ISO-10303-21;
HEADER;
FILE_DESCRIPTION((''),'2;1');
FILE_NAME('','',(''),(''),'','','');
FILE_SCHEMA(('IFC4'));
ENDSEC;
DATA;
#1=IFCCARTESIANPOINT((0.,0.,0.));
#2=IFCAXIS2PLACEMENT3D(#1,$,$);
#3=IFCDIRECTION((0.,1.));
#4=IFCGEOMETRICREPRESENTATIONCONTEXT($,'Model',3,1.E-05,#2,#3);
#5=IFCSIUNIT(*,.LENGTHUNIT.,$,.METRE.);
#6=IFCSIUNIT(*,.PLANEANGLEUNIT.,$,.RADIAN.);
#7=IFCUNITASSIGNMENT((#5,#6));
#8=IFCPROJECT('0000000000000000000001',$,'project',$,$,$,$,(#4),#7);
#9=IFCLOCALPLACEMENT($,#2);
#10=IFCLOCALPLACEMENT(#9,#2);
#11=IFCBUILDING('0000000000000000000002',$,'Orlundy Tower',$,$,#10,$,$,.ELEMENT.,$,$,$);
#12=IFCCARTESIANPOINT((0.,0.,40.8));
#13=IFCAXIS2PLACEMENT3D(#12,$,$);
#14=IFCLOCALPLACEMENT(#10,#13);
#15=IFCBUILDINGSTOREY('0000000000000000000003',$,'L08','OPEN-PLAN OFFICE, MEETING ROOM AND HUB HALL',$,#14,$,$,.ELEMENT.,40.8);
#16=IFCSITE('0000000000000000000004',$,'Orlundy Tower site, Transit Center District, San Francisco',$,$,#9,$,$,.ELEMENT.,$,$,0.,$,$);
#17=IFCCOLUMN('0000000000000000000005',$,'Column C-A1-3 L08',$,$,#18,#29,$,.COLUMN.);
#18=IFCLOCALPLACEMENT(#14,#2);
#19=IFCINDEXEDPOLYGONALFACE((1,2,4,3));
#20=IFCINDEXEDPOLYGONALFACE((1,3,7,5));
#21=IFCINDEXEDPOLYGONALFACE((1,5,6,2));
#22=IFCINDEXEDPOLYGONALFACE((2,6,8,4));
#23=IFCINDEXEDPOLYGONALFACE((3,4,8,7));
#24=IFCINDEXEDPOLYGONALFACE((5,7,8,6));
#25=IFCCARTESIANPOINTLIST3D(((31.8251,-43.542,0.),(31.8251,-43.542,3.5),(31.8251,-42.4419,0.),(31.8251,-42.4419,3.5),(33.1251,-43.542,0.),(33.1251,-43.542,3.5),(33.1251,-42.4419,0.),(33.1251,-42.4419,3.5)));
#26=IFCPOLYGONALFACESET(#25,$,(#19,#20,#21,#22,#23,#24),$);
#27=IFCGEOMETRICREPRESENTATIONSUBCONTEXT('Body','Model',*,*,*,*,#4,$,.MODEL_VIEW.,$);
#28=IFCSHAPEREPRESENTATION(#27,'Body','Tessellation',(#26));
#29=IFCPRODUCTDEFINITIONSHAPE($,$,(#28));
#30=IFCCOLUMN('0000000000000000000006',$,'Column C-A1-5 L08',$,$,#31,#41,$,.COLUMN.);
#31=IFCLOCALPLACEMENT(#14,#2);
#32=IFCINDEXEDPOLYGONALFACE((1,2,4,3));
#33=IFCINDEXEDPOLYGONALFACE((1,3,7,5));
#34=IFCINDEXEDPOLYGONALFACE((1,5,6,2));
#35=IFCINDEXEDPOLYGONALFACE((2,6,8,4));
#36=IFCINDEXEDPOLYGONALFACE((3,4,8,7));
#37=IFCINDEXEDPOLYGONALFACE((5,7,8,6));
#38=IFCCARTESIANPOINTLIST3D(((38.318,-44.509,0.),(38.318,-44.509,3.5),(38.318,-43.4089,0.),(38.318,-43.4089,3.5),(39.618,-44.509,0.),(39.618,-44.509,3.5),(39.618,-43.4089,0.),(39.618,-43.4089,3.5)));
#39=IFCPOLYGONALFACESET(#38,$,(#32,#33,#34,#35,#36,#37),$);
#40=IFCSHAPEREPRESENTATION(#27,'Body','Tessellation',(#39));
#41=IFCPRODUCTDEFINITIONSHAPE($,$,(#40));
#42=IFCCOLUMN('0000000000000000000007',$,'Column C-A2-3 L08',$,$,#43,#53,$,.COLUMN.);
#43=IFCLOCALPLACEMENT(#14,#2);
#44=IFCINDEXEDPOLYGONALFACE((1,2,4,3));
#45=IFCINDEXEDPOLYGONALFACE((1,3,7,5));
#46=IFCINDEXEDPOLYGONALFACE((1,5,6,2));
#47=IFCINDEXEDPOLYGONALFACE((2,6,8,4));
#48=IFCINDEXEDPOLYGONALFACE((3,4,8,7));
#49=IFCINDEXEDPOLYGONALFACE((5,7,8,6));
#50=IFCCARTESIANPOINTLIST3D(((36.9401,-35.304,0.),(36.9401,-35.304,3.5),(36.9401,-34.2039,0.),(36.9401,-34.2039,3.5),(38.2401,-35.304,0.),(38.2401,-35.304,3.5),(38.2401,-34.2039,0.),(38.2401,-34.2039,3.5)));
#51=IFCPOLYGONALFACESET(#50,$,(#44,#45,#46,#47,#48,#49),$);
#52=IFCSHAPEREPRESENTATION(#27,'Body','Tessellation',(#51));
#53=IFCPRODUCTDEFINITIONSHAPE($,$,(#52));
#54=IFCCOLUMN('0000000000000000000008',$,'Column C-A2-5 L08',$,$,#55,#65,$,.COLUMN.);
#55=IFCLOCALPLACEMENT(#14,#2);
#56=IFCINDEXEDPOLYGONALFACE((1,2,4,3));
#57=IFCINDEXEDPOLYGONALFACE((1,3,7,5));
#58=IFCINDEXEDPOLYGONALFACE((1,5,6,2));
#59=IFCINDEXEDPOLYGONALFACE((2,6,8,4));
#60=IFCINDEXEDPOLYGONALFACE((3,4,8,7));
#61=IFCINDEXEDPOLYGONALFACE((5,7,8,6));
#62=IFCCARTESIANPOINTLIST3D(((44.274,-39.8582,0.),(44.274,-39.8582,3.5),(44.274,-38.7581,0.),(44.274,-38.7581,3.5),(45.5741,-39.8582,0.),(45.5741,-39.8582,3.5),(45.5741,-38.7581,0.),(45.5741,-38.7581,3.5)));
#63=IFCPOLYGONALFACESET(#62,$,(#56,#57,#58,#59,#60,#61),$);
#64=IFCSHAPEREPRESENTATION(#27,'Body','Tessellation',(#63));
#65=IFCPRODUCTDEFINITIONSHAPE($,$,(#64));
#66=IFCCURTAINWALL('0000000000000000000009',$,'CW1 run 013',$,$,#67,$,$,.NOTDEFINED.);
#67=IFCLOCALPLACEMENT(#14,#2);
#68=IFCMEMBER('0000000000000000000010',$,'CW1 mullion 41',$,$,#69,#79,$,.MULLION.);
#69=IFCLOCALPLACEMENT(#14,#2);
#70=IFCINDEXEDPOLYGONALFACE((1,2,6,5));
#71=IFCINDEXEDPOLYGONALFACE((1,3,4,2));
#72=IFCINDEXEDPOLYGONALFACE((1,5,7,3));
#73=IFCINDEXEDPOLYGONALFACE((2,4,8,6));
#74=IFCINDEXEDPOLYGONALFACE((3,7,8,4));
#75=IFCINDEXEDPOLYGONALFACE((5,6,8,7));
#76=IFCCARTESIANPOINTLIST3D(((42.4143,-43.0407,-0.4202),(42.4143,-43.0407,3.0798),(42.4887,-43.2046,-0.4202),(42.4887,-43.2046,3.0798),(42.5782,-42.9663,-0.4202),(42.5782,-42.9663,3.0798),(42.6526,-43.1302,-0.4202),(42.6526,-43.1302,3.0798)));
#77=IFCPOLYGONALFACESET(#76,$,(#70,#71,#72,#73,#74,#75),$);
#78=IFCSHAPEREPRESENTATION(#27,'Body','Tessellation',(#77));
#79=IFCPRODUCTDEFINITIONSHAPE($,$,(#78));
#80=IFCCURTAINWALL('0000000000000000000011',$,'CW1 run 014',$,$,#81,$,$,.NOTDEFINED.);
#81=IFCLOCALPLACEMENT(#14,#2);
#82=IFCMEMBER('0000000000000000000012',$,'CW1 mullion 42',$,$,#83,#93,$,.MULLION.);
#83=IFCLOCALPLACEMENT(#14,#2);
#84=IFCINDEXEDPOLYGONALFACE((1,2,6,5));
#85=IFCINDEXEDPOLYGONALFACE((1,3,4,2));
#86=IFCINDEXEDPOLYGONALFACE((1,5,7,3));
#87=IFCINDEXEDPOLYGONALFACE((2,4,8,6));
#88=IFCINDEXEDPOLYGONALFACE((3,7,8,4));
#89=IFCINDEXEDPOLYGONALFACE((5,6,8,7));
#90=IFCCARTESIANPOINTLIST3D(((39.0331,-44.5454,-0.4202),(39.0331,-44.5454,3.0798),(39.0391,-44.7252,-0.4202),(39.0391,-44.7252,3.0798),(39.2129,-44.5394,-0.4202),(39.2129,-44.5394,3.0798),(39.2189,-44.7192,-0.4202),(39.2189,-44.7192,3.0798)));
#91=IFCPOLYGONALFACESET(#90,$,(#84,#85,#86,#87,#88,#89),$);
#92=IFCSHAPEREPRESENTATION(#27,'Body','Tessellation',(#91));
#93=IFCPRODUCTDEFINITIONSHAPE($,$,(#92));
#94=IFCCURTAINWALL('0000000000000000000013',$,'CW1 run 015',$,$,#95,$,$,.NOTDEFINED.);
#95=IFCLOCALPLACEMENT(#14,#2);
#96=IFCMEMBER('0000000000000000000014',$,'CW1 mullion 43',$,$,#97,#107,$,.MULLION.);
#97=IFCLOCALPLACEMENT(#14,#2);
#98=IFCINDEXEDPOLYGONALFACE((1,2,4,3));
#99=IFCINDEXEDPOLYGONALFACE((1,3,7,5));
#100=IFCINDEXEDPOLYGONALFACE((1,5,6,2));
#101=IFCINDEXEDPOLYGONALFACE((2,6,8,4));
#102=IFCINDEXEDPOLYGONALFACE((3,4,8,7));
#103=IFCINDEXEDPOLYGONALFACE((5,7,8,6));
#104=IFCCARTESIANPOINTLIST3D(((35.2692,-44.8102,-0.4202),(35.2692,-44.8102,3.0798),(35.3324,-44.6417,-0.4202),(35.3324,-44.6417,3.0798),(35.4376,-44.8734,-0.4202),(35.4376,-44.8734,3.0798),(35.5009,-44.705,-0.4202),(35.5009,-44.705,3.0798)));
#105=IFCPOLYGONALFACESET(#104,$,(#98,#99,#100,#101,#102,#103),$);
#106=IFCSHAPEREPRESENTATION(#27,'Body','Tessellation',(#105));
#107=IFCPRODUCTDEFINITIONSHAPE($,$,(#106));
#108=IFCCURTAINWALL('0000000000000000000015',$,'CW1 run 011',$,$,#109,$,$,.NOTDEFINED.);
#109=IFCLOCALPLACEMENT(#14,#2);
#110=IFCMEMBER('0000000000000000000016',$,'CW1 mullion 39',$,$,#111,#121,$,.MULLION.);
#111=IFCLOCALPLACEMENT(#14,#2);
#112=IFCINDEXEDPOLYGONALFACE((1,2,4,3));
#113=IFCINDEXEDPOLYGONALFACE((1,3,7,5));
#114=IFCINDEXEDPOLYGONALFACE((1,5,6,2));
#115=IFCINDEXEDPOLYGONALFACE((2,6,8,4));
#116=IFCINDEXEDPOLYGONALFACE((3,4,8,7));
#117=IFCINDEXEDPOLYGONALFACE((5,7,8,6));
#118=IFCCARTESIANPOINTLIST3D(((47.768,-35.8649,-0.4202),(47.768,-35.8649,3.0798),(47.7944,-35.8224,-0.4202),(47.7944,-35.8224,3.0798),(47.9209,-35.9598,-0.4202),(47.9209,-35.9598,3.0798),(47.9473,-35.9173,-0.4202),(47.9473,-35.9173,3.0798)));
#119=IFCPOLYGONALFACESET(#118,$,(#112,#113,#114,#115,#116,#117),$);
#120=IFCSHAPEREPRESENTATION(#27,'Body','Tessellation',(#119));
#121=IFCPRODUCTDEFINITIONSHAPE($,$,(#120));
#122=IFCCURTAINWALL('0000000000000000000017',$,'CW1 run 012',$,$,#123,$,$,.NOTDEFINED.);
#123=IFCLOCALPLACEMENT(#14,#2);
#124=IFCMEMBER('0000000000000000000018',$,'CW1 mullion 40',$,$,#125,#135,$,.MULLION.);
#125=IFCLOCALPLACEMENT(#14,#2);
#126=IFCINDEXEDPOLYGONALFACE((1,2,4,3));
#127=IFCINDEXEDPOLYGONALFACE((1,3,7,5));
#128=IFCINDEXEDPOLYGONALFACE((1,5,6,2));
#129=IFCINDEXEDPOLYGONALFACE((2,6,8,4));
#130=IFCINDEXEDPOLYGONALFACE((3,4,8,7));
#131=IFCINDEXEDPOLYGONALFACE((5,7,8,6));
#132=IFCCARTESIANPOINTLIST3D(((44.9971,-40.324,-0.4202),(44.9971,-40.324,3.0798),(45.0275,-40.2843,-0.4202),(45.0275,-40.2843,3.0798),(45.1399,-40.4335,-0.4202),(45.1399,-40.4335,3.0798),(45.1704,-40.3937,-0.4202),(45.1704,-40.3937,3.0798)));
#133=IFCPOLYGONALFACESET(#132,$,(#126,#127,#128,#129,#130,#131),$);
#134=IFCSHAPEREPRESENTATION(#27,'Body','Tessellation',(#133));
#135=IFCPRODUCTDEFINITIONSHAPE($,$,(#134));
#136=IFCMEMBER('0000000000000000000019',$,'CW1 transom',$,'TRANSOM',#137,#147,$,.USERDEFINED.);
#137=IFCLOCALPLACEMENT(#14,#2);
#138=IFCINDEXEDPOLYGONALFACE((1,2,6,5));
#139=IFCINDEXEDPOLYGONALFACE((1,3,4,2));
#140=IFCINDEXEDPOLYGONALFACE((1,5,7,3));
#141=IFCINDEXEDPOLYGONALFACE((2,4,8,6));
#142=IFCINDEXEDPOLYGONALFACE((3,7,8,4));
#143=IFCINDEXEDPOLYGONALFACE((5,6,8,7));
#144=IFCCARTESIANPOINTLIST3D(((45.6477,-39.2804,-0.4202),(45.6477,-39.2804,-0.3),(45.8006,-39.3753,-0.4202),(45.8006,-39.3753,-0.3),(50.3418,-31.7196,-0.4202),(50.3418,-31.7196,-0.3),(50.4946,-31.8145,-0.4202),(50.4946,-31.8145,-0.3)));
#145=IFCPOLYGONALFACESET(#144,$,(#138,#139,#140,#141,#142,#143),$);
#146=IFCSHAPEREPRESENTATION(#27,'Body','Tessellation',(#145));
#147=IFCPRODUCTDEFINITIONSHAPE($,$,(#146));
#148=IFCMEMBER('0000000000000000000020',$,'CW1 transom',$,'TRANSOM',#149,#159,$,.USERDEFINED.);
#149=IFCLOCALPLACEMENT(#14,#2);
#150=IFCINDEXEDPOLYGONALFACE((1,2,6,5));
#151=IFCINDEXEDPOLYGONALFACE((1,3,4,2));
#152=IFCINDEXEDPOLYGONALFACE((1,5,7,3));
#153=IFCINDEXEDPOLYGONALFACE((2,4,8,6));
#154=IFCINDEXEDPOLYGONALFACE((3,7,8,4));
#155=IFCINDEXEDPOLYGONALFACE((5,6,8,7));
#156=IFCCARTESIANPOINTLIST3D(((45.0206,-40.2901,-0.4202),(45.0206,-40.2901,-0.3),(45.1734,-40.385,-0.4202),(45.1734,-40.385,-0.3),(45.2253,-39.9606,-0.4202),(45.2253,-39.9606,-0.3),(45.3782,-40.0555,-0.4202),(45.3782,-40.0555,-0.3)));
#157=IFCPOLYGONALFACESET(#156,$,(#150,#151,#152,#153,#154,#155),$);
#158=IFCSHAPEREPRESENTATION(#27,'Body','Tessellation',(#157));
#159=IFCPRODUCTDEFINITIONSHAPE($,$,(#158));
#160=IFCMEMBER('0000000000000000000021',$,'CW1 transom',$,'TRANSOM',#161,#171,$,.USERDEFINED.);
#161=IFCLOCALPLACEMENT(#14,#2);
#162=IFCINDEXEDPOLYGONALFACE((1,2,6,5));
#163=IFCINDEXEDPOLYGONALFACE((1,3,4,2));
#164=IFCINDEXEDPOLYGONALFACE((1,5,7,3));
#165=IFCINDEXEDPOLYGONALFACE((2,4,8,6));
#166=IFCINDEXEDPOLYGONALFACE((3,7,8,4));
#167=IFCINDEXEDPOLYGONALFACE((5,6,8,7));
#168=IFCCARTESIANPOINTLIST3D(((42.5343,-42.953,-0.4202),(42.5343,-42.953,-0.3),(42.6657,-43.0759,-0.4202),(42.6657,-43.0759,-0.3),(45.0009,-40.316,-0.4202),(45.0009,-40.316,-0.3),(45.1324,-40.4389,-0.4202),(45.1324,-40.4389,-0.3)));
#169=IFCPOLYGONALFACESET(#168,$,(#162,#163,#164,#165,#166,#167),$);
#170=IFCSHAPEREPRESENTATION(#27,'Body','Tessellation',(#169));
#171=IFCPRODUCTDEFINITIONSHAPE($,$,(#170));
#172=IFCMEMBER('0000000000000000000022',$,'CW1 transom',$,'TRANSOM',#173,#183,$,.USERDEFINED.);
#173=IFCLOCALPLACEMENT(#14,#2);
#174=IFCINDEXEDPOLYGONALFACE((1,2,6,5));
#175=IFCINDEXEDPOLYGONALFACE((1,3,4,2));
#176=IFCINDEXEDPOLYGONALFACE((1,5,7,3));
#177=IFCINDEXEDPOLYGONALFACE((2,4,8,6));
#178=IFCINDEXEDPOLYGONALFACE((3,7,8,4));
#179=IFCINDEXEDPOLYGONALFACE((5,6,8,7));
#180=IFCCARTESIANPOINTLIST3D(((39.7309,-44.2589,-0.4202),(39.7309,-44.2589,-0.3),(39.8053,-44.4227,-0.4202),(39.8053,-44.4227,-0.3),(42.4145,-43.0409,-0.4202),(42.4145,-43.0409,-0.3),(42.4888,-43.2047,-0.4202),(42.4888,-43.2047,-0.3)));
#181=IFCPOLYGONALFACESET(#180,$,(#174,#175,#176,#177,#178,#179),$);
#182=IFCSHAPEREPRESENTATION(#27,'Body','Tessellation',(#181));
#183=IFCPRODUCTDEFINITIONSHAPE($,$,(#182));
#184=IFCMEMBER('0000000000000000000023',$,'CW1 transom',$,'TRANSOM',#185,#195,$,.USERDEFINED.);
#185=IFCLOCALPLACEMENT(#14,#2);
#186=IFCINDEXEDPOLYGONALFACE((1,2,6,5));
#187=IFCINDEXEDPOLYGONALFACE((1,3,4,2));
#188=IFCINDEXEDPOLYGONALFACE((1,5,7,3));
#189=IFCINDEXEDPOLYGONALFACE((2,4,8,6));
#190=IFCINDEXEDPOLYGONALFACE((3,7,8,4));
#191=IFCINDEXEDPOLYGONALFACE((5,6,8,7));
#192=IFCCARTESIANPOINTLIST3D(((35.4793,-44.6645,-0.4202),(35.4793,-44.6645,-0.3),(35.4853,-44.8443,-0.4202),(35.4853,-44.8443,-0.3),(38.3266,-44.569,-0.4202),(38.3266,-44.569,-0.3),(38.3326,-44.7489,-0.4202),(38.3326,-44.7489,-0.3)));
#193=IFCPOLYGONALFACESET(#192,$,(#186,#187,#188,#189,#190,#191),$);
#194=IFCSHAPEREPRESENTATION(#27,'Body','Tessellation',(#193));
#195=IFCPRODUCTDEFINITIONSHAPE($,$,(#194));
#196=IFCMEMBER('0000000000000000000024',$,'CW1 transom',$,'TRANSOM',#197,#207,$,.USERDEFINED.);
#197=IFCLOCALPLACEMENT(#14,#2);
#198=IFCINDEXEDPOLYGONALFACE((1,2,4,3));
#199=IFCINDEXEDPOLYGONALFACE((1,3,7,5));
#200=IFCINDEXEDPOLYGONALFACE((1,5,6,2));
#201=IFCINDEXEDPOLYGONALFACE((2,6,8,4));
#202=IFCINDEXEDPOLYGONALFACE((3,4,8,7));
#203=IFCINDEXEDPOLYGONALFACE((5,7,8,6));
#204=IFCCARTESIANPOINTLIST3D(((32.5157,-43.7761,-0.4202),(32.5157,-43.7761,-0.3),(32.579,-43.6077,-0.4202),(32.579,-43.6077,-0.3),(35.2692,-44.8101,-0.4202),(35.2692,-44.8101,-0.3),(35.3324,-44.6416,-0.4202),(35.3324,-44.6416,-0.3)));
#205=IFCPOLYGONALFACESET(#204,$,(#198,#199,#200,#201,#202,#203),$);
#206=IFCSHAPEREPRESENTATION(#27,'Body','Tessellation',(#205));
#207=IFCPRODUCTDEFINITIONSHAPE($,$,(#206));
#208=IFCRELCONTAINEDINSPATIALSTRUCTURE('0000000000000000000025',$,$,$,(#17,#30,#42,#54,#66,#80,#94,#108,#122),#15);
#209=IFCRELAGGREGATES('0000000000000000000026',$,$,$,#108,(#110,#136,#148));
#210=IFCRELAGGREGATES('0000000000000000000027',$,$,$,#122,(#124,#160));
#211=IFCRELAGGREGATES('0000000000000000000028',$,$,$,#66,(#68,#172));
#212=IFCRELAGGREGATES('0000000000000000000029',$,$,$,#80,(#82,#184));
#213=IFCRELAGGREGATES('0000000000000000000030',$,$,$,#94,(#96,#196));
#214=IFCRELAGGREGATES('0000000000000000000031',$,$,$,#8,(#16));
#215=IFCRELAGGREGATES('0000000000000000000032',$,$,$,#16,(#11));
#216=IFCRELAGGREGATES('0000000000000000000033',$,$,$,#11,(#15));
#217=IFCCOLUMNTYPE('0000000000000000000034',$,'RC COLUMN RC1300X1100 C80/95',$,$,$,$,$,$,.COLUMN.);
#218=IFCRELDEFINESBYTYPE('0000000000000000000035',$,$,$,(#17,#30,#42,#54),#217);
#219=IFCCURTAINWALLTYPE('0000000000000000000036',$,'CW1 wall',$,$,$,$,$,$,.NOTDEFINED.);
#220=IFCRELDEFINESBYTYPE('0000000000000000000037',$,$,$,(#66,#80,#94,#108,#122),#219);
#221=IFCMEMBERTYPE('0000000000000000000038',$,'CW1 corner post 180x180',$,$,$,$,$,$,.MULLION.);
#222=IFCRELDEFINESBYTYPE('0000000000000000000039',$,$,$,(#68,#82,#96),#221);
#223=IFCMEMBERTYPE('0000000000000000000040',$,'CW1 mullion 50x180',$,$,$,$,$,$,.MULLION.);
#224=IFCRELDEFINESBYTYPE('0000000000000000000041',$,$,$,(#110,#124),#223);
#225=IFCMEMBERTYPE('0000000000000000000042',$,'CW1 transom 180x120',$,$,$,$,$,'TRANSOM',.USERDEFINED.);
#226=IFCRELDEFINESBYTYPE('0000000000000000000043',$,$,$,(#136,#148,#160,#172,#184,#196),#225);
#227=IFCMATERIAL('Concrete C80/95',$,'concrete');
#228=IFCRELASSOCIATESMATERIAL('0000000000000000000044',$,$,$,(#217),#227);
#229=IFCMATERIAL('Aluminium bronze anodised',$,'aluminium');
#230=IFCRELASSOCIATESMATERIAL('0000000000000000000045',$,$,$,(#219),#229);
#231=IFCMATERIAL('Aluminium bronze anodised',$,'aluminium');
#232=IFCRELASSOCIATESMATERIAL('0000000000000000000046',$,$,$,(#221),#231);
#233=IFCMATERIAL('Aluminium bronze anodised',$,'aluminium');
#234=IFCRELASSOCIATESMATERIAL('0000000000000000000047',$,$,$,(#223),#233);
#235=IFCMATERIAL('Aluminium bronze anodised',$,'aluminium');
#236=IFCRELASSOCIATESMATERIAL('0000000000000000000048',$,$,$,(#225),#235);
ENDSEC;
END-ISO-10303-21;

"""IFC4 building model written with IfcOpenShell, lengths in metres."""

from ifc_helpers import new_model, si_unit, direction, frame, origin, origin_2d, place, context, subcontext, project, spatial, rectangle, extrude, material, material_profile, profile_set, type_object, element, aggregate, save


model = new_model("IFC4")

# Units and contexts
model_context = context("Model", 3, precision=1e-05, world=origin(), true_north=direction((0.0, 1.0)))
body_context = subcontext(model_context, "Body", "Model", "MODEL_VIEW")
ifc_project = project(units=[si_unit("LENGTHUNIT", "METRE"), si_unit("PLANEANGLEUNIT", "RADIAN")], contexts=[model_context])

# Site, building, storey
site_placement = place(None, origin())
site = spatial("IfcSite", under=ifc_project, at=site_placement, Name="Orlundy Tower site, Transit Center District, San Francisco", CompositionType="ELEMENT", RefElevation=0.0)
building_placement = place(site_placement, origin())
building = spatial("IfcBuilding", under=site, at=building_placement, Name="Orlundy Tower", CompositionType="ELEMENT")
storey_placement = place(building_placement, frame((0.0, 0.0, 40.8)))
storey = spatial("IfcBuildingStorey", under=building, at=storey_placement, Name="L08", Description="OPEN-PLAN OFFICE, MEETING ROOM AND HUB HALL", CompositionType="ELEMENT", Elevation=40.8)

# Columns
ifc_material_1 = material(Name="Concrete C80/95", Category="concrete")
ifc_material_profile_1 = material_profile(ifc_material_1, rectangle(XDim=1.3, YDim=1.1001, at=origin_2d()), Name="RC1300X1100")
ifc_profile_set_1 = profile_set([ifc_material_profile_1], Name="Concrete C80/95")
column_type = type_object("IfcColumnType", Name="RC COLUMN RC1300X1100 C80/95", PredefinedType="COLUMN", material=ifc_profile_set_1)
for number, where, z_axis, x_axis, name in (
    (1, (32.4751, -42.9919, 0.0), (0.0, 0.0, 1.0), (1.0, 0.0, 0.0), "Column C-A1-3 L08"),
    (2, (38.968, -43.959, 0.0), (0.0, 0.0, 1.0), (1.0, 0.0, 0.0), "Column C-A1-5 L08"),
    (3, (37.5901, -34.7539, 0.0), (0.0, 0.0, 1.0), (1.0, 0.0, 0.0), "Column C-A2-3 L08"),
    (4, (44.9241, -39.3081, 0.0), (0.0, 0.0, 1.0), (1.0, 0.0, 0.0), "Column C-A2-5 L08"),
):
    element("IfcColumn", number, at=place(storey_placement, frame(where, z_axis=z_axis, x_axis=x_axis)), inside=storey, type_object=column_type, Name=name, PredefinedType="COLUMN", context=body_context, shape_type="SweptSolid", body=[
        extrude(rectangle(XDim=1.3, YDim=1.1001, at=origin_2d()), origin(), (0.0, 0.0, 1.0), 3.5),
    ])

# Curtain walls, members
ifc_material_2 = material(Name="Aluminium bronze anodised", Category="aluminium")
curtain_wall_type = type_object("IfcCurtainWallType", Name="CW1 wall", PredefinedType="NOTDEFINED", material=ifc_material_2)
curtain_wall_1_placement = place(storey_placement, origin())
curtain_wall_1 = element("IfcCurtainWall", 5, at=curtain_wall_1_placement, inside=storey, type_object=curtain_wall_type, Name="CW1 run 013", PredefinedType="NOTDEFINED")
ifc_material_3 = material(Name="Aluminium bronze anodised", Category="aluminium")
ifc_material_profile_2 = material_profile(ifc_material_3, rectangle(XDim=0.1799, YDim=0.1799, at=origin_2d()), Name="CW1 corner post 180x180")
ifc_profile_set_2 = profile_set([ifc_material_profile_2], Name="Aluminium bronze anodised")
member_type_1 = type_object("IfcMemberType", Name="CW1 corner post 180x180", PredefinedType="MULLION", material=ifc_profile_set_2)
member_1_placement = place(storey_placement, frame((42.5334, -43.0854, -0.4202), z_axis=(0.0, 0.0, 1.0), x_axis=(0.413335, -0.910579, 0.0)))
member_1 = element("IfcMember", 6, at=member_1_placement, type_object=member_type_1, Name="CW1 mullion 41", PredefinedType="MULLION", context=body_context, shape_type="SweptSolid", body=[
    extrude(rectangle(XDim=0.1799, YDim=0.1799, at=origin_2d()), origin(), (0.0, 0.0, 1.0), 3.5),
])
curtain_wall_2_placement = place(storey_placement, origin())
curtain_wall_2 = element("IfcCurtainWall", 7, at=curtain_wall_2_placement, inside=storey, type_object=curtain_wall_type, Name="CW1 run 014", PredefinedType="NOTDEFINED")
member_2_placement = place(storey_placement, frame((39.126, -44.6323, -0.4202), z_axis=(0.0, 0.0, 1.0), x_axis=(0.03345, -0.99944, 0.0)))
member_2 = element("IfcMember", 8, at=member_2_placement, type_object=member_type_1, Name="CW1 mullion 42", PredefinedType="MULLION", context=body_context, shape_type="SweptSolid", body=[
    extrude(rectangle(XDim=0.1799, YDim=0.1799, at=origin_2d()), origin(), (0.0, 0.0, 1.0), 3.5),
])
curtain_wall_3_placement = place(storey_placement, origin())
curtain_wall_3 = element("IfcCurtainWall", 9, at=curtain_wall_3_placement, inside=storey, type_object=curtain_wall_type, Name="CW1 run 015", PredefinedType="NOTDEFINED")
member_3_placement = place(storey_placement, frame((35.385, -44.7576, -0.4202), z_axis=(0.0, 0.0, 1.0), x_axis=(-0.351537, -0.936174, 0.0)))
member_3 = element("IfcMember", 10, at=member_3_placement, type_object=member_type_1, Name="CW1 mullion 43", PredefinedType="MULLION", context=body_context, shape_type="SweptSolid", body=[
    extrude(rectangle(XDim=0.1799, YDim=0.1799, at=origin_2d()), origin(), (0.0, 0.0, 1.0), 3.5),
])
curtain_wall_4_placement = place(storey_placement, origin())
curtain_wall_4 = element("IfcCurtainWall", 11, at=curtain_wall_4_placement, inside=storey, type_object=curtain_wall_type, Name="CW1 run 011", PredefinedType="NOTDEFINED")
ifc_material_4 = material(Name="Aluminium bronze anodised", Category="aluminium")
ifc_material_profile_3 = material_profile(ifc_material_4, rectangle(XDim=0.1799, YDim=0.05, at=origin_2d()), Name="CW1 mullion 50x180")
ifc_profile_set_3 = profile_set([ifc_material_profile_3], Name="Aluminium bronze anodised")
member_type_2 = type_object("IfcMemberType", Name="CW1 mullion 50x180", PredefinedType="MULLION", material=ifc_profile_set_3)
member_4_placement = place(storey_placement, frame((47.8577, -35.8911, -0.4202), z_axis=(0.0, 0.0, 1.0), x_axis=(0.84957, -0.527475, 0.0)))
member_4 = element("IfcMember", 12, at=member_4_placement, type_object=member_type_2, Name="CW1 mullion 39", PredefinedType="MULLION", context=body_context, shape_type="SweptSolid", body=[
    extrude(rectangle(XDim=0.1799, YDim=0.05, at=origin_2d()), origin(), (0.0, 0.0, 1.0), 3.5),
])
curtain_wall_5_placement = place(storey_placement, origin())
curtain_wall_5 = element("IfcCurtainWall", 13, at=curtain_wall_5_placement, inside=storey, type_object=curtain_wall_type, Name="CW1 run 012", PredefinedType="NOTDEFINED")
member_5_placement = place(storey_placement, frame((45.0837, -40.3589, -0.4202), z_axis=(0.0, 0.0, 1.0), x_axis=(0.793768, -0.60822, 0.0)))
member_5 = element("IfcMember", 14, at=member_5_placement, type_object=member_type_2, Name="CW1 mullion 40", PredefinedType="MULLION", context=body_context, shape_type="SweptSolid", body=[
    extrude(rectangle(XDim=0.1799, YDim=0.05, at=origin_2d()), origin(), (0.0, 0.0, 1.0), 3.5),
])

# Members
ifc_material_5 = material(Name="Aluminium bronze anodised", Category="aluminium")
ifc_material_profile_4 = material_profile(ifc_material_5, rectangle(XDim=0.1799, YDim=0.1201, at=origin_2d()), Name="CW1 transom 180x120")
ifc_profile_set_4 = profile_set([ifc_material_profile_4], Name="Aluminium bronze anodised")
member_type_3 = type_object("IfcMemberType", Name="CW1 transom 180x120", ElementType="TRANSOM", PredefinedType="USERDEFINED", material=ifc_profile_set_4)
member_6_placement = place(storey_placement, frame((50.4182, -31.7671, -0.3601), z_axis=(-0.527459, -0.84958, 0.0), x_axis=(0.84958, -0.527459, 0.0)))
member_6 = element("IfcMember", 15, at=member_6_placement, type_object=member_type_3, Name="CW1 transom", ObjectType="TRANSOM", PredefinedType="USERDEFINED", context=body_context, shape_type="SweptSolid", body=[
    extrude(rectangle(XDim=0.1799, YDim=0.1201, at=origin_2d()), origin(), (0.0, 0.0, 1.0), 8.8994),
])
member_7_placement = place(storey_placement, frame((45.3018, -40.0081, -0.3601), z_axis=(-0.527848, -0.849339, 0.0), x_axis=(0.849339, -0.527848, 0.0)))
member_7 = element("IfcMember", 16, at=member_7_placement, type_object=member_type_3, Name="CW1 transom", ObjectType="TRANSOM", PredefinedType="USERDEFINED", context=body_context, shape_type="SweptSolid", body=[
    extrude(rectangle(XDim=0.1799, YDim=0.1201, at=origin_2d()), origin(), (0.0, 0.0, 1.0), 0.3879),
])
member_8_placement = place(storey_placement, frame((45.0667, -40.3774, -0.3601), z_axis=(-0.683115, -0.730311, 0.0), x_axis=(0.730311, -0.683115, 0.0)))
member_8 = element("IfcMember", 17, at=member_8_placement, type_object=member_type_3, Name="CW1 transom", ObjectType="TRANSOM", PredefinedType="USERDEFINED", context=body_context, shape_type="SweptSolid", body=[
    extrude(rectangle(XDim=0.1799, YDim=0.1201, at=origin_2d()), origin(), (0.0, 0.0, 1.0), 3.6108),
])
member_9_placement = place(storey_placement, frame((42.4517, -43.1228, -0.3601), z_axis=(-0.910596, -0.413297, 0.0), x_axis=(0.413297, -0.910596, 0.0)))
member_9 = element("IfcMember", 18, at=member_9_placement, type_object=member_type_3, Name="CW1 transom", ObjectType="TRANSOM", PredefinedType="USERDEFINED", context=body_context, shape_type="SweptSolid", body=[
    extrude(rectangle(XDim=0.1799, YDim=0.1201, at=origin_2d()), origin(), (0.0, 0.0, 1.0), 2.947),
])
member_10_placement = place(storey_placement, frame((38.3296, -44.6589, -0.3601), z_axis=(-0.999438, -0.033509, 0.0), x_axis=(0.033509, -0.999438, 0.0)))
member_10 = element("IfcMember", 19, at=member_10_placement, type_object=member_type_3, Name="CW1 transom", ObjectType="TRANSOM", PredefinedType="USERDEFINED", context=body_context, shape_type="SweptSolid", body=[
    extrude(rectangle(XDim=0.1799, YDim=0.1201, at=origin_2d()), origin(), (0.0, 0.0, 1.0), 2.8489),
])
member_11_placement = place(storey_placement, frame((35.3008, -44.7258, -0.3601), z_axis=(-0.936172, 0.351542, 0.0), x_axis=(-0.351542, -0.936172, 0.0)))
member_11 = element("IfcMember", 20, at=member_11_placement, type_object=member_type_3, Name="CW1 transom", ObjectType="TRANSOM", PredefinedType="USERDEFINED", context=body_context, shape_type="SweptSolid", body=[
    extrude(rectangle(XDim=0.1799, YDim=0.1201, at=origin_2d()), origin(), (0.0, 0.0, 1.0), 2.9412),
])

aggregate(curtain_wall_4, [member_4, member_6, member_7])
aggregate(curtain_wall_5, [member_5, member_8])
aggregate(curtain_wall_1, [member_1, member_9])
aggregate(curtain_wall_2, [member_2, member_10])
aggregate(curtain_wall_3, [member_3, member_11])

save(model, "model.ifc")
